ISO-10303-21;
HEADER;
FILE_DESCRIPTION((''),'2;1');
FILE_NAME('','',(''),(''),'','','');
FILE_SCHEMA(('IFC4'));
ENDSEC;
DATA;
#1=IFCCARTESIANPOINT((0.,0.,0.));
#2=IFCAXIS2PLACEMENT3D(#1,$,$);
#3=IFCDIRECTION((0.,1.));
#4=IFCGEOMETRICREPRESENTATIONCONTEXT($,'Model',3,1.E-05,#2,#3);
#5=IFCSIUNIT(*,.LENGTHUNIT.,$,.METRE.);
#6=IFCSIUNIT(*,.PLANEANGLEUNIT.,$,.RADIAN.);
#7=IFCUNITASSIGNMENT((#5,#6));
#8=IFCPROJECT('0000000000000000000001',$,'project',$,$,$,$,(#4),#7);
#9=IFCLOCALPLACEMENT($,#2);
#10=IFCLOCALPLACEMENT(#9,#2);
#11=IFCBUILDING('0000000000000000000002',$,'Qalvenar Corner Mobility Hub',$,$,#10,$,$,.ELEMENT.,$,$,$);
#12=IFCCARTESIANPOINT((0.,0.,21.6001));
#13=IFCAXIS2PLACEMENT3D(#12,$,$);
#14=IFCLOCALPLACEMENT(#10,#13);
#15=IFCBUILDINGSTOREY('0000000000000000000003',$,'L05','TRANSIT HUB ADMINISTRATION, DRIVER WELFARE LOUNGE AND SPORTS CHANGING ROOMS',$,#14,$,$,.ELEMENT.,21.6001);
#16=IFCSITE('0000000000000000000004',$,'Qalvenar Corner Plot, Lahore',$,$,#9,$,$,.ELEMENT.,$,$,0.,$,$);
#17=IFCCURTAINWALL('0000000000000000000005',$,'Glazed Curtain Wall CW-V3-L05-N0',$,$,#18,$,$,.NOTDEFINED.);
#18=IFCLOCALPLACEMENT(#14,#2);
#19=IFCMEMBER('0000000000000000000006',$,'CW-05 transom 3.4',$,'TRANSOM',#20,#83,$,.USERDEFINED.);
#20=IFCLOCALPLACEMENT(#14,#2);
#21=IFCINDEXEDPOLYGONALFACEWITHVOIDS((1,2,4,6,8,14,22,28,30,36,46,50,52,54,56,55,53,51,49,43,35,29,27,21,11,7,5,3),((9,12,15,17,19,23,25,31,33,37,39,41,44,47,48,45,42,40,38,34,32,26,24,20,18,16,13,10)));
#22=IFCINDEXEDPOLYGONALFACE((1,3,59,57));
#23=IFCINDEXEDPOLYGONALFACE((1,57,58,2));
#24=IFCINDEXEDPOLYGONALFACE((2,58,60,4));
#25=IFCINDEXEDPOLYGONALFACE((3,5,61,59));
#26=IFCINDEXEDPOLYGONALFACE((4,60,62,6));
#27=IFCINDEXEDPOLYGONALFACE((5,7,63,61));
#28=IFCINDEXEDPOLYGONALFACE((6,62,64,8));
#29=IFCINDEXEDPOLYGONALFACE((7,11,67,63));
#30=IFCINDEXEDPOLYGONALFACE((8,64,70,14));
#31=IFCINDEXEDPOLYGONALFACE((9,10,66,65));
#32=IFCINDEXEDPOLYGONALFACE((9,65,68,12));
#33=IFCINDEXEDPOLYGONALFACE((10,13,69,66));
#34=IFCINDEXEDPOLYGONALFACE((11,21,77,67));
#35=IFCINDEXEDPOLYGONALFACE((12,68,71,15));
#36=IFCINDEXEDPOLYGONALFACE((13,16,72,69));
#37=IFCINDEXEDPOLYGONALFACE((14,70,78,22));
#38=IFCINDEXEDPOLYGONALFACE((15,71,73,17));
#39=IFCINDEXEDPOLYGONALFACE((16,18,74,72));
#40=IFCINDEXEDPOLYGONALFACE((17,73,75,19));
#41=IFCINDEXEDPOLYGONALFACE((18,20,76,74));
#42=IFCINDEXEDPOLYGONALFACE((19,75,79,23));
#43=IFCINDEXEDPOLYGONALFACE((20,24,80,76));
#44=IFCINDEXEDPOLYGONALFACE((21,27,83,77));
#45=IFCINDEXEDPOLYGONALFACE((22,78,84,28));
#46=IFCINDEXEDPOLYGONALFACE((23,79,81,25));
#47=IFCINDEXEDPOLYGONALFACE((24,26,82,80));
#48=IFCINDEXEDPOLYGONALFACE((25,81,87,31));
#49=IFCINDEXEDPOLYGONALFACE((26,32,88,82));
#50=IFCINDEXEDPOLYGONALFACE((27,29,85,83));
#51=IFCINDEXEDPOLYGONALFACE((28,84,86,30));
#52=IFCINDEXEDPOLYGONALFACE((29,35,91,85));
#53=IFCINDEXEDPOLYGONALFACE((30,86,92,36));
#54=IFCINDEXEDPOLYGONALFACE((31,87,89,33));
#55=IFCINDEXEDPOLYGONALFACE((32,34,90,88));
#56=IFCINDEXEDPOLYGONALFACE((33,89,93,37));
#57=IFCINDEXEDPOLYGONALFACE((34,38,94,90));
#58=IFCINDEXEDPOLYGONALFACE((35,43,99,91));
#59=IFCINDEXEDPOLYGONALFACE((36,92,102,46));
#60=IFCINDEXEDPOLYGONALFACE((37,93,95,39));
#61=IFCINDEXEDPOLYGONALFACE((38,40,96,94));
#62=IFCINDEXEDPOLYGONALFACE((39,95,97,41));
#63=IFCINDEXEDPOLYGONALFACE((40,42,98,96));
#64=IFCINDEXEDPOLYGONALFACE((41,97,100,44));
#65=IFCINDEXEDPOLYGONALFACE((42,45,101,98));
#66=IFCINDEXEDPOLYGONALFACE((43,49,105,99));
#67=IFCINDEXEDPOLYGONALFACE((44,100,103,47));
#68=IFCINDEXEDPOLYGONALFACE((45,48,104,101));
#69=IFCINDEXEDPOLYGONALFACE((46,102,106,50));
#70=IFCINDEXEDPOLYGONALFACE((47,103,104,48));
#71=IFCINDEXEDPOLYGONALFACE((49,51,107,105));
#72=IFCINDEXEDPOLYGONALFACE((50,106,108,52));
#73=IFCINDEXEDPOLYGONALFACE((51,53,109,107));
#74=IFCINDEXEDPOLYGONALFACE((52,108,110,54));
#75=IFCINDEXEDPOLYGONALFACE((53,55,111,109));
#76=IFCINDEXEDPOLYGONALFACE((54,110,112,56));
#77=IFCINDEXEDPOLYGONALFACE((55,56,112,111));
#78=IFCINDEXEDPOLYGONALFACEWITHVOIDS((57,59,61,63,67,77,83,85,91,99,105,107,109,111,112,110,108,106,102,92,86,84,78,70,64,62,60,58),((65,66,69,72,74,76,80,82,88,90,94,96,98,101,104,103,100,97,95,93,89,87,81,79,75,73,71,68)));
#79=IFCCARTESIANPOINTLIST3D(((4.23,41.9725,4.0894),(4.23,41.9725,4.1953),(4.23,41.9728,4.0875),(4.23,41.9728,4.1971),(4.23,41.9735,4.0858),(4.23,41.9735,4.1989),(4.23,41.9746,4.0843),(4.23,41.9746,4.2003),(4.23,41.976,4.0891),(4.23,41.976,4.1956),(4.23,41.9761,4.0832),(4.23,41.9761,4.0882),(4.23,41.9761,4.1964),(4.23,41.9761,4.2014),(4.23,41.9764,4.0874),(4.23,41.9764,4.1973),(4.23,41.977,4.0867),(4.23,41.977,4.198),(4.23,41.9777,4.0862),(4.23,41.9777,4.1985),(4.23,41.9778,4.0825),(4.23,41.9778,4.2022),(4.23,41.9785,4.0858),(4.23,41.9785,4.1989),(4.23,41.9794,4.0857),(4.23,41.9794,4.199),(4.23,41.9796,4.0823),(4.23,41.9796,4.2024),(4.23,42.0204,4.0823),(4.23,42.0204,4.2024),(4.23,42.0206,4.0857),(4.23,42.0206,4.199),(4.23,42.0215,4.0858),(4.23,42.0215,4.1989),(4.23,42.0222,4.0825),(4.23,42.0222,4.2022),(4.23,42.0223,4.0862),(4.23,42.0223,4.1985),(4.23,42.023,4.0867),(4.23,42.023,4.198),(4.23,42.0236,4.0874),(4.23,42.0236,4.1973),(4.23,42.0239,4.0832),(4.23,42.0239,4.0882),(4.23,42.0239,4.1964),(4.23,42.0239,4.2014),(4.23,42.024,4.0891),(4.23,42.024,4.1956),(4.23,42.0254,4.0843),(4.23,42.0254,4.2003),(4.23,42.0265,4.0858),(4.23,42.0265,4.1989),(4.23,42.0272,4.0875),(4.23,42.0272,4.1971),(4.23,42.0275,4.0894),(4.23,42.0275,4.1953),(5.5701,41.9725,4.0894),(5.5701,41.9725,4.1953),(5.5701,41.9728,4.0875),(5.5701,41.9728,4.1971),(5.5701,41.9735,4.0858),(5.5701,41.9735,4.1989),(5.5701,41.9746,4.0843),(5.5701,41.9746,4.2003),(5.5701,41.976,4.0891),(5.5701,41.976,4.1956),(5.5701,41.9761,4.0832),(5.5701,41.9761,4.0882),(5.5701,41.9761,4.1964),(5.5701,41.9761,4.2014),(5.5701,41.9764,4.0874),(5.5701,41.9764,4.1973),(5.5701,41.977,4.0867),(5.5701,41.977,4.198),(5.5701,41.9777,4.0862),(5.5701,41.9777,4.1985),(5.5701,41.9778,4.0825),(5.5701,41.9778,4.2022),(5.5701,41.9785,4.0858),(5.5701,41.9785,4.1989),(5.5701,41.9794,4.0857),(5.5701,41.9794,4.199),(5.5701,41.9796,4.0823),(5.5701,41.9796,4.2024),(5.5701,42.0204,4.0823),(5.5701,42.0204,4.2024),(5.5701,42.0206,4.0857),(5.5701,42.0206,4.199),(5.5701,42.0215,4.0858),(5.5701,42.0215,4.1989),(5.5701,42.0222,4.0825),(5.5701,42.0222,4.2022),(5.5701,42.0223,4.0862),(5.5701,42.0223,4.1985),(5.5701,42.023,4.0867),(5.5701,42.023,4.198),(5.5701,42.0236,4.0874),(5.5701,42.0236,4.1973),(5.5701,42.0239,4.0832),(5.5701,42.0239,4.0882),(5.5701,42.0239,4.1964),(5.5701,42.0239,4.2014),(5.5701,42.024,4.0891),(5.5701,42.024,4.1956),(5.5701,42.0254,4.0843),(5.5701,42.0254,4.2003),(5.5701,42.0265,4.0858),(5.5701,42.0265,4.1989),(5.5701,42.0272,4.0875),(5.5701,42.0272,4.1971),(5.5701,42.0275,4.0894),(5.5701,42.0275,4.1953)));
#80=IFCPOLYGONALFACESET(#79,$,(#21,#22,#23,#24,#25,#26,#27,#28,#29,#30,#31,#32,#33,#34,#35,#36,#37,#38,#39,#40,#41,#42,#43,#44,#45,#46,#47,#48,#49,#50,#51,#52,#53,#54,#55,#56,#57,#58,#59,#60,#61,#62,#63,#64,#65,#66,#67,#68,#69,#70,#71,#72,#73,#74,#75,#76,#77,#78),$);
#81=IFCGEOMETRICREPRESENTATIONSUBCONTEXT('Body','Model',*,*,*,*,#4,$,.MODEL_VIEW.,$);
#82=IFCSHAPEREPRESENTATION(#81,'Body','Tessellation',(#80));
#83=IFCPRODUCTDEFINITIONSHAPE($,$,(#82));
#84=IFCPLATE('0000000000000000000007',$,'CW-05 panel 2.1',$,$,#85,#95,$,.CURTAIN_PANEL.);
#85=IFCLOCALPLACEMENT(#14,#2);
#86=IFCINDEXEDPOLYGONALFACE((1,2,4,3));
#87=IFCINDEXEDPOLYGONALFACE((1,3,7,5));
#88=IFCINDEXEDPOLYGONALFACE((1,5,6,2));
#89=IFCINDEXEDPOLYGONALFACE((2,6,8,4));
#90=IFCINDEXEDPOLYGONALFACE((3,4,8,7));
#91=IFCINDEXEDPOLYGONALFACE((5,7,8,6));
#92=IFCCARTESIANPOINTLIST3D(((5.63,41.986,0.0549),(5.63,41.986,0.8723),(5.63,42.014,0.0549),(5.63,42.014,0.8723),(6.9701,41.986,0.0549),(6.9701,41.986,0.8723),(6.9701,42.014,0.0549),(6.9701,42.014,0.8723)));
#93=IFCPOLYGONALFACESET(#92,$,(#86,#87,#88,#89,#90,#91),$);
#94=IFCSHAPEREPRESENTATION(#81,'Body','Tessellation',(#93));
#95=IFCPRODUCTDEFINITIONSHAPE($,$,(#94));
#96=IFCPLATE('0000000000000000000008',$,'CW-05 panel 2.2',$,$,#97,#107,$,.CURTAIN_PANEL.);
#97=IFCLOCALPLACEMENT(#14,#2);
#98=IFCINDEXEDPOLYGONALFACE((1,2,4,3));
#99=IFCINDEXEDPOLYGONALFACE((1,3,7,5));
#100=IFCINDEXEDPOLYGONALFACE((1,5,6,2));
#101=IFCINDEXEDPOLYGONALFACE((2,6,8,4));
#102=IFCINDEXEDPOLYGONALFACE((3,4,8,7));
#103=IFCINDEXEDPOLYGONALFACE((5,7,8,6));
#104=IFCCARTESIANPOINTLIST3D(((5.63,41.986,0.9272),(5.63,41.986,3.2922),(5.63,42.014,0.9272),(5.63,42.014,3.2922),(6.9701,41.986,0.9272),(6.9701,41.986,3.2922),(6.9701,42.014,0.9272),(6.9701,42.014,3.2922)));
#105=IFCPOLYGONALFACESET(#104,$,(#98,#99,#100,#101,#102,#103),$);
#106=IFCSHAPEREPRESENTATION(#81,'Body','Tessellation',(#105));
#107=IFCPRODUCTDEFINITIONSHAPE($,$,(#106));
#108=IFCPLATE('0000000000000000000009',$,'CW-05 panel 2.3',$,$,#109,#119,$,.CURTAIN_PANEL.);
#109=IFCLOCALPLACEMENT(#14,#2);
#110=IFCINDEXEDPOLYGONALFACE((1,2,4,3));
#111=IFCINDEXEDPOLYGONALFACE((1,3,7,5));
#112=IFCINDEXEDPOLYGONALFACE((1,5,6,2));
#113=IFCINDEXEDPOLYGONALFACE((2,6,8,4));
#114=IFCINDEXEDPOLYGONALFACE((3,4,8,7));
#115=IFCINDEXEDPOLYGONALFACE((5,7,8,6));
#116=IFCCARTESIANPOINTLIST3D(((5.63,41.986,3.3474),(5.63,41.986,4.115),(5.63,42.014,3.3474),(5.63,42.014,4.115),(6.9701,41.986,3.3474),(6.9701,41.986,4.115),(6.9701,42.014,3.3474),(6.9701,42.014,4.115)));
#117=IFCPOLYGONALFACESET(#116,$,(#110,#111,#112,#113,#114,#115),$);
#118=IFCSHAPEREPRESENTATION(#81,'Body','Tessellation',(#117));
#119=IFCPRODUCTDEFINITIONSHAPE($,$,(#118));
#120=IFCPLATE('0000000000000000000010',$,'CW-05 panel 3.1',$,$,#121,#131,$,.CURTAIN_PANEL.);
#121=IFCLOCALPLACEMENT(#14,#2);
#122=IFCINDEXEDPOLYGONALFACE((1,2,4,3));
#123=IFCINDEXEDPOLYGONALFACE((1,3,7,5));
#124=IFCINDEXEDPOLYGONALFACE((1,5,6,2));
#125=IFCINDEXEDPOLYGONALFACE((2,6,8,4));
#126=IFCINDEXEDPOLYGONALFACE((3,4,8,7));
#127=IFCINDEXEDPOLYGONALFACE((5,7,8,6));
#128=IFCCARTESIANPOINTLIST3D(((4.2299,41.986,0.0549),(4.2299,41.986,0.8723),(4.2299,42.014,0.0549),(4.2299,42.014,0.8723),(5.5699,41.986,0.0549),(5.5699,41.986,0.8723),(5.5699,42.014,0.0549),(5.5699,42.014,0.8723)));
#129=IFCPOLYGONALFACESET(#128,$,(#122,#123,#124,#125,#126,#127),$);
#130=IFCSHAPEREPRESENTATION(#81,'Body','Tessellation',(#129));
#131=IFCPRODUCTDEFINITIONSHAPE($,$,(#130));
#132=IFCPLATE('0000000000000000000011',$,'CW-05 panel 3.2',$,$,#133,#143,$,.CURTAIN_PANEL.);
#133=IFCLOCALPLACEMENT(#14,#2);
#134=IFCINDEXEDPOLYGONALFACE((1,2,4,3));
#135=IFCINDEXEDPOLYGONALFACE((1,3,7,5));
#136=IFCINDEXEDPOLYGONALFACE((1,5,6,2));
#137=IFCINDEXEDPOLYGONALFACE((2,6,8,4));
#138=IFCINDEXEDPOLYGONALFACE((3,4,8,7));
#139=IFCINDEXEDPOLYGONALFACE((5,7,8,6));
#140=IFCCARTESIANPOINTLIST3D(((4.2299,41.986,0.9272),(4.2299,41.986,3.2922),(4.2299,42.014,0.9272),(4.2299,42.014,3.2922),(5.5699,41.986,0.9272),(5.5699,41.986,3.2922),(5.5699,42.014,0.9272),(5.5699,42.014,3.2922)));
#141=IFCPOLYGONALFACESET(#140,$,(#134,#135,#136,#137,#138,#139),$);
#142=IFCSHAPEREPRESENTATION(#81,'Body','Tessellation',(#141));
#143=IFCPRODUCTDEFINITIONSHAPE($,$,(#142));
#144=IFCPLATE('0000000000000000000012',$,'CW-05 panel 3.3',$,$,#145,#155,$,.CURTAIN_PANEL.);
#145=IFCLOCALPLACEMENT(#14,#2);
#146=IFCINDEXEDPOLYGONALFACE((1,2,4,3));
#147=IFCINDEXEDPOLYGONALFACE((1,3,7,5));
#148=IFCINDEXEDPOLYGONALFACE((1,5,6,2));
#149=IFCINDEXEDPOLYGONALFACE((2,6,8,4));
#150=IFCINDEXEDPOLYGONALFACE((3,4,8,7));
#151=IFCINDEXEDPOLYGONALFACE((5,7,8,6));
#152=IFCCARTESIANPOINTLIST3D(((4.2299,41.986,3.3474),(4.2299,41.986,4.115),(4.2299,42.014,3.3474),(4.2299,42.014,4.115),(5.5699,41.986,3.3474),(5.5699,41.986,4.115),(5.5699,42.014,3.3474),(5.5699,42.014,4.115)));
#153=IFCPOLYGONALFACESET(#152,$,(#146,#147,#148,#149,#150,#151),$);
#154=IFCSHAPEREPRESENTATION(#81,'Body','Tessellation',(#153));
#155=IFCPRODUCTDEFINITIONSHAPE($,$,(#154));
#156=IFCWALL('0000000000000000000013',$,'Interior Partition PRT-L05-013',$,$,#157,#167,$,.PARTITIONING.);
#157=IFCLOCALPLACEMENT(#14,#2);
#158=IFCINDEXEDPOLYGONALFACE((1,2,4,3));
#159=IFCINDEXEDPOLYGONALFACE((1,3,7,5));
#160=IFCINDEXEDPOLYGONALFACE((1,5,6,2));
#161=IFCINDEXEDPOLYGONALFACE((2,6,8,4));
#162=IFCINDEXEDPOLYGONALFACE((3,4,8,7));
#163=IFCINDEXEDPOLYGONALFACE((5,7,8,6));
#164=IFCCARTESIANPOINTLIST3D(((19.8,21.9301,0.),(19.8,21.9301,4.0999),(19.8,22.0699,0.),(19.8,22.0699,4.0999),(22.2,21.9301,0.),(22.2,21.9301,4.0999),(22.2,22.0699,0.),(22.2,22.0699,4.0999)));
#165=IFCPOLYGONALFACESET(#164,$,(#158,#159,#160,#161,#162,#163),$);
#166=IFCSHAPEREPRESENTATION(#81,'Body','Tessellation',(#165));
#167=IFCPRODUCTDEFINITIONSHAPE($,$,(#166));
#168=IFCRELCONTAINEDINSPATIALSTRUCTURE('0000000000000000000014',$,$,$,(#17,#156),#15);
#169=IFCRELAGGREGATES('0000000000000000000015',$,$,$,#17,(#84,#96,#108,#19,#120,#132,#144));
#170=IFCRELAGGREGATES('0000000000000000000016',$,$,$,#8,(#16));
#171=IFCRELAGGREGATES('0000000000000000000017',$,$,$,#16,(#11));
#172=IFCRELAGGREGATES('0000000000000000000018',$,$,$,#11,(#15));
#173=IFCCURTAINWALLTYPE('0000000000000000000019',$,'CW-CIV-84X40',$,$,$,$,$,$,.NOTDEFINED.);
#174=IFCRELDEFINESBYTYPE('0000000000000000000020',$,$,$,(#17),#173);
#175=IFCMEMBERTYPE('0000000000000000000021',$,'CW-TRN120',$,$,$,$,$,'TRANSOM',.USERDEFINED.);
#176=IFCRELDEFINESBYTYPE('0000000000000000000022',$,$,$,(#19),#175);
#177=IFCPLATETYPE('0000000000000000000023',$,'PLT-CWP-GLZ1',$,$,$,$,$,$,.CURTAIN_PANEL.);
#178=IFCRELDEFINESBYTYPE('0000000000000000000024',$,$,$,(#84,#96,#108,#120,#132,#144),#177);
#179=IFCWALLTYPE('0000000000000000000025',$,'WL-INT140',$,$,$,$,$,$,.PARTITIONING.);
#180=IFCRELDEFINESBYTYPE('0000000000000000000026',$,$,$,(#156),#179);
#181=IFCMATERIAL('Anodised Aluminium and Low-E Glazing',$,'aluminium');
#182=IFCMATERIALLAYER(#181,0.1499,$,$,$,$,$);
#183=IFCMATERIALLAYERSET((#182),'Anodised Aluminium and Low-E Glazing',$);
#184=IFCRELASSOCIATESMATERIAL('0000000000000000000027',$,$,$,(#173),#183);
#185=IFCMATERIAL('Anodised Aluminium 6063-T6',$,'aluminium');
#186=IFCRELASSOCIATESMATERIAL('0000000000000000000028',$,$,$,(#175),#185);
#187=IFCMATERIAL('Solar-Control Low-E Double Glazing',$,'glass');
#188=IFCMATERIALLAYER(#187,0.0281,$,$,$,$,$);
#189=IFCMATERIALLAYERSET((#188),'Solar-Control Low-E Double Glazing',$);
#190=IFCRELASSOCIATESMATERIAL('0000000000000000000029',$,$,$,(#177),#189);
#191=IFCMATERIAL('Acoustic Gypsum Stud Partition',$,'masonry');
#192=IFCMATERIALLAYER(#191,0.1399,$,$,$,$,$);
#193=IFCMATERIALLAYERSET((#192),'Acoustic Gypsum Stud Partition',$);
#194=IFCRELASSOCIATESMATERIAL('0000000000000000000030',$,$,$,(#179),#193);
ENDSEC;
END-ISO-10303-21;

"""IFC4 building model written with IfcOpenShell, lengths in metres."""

from ifc_helpers import new_model, si_unit, direction, frame, frame_2d, origin, origin_2d, place, context, subcontext, project, spatial, rectangle, hollow_rectangle, extrude, material, layer, layer_set, material_profile, profile_set, type_object, element, aggregate, save


model = new_model("IFC4")

# Units and contexts
model_context = context("Model", 3, precision=1e-05, world=origin(), true_north=direction((0.0, 1.0)))
body_context = subcontext(model_context, "Body", "Model", "MODEL_VIEW")
ifc_project = project(units=[si_unit("LENGTHUNIT", "METRE"), si_unit("PLANEANGLEUNIT", "RADIAN")], contexts=[model_context])

# Site, building, storey
site_placement = place(None, origin())
site = spatial("IfcSite", under=ifc_project, at=site_placement, Name="Qalvenar Corner Plot, Lahore", CompositionType="ELEMENT", RefElevation=0.0)
building_placement = place(site_placement, origin())
building = spatial("IfcBuilding", under=site, at=building_placement, Name="Qalvenar Corner Mobility Hub", CompositionType="ELEMENT")
storey_placement = place(building_placement, frame((0.0, 0.0, 21.6001)))
storey = spatial("IfcBuildingStorey", under=building, at=storey_placement, Name="L05", Description="TRANSIT HUB ADMINISTRATION, DRIVER WELFARE LOUNGE AND SPORTS CHANGING ROOMS", CompositionType="ELEMENT", Elevation=21.6001)

# Curtain wall, member, plates
ifc_material_1 = material(Name="Anodised Aluminium and Low-E Glazing", Category="aluminium")
ifc_layer_1 = layer(ifc_material_1, 0.1499)
ifc_layer_set_1 = layer_set([ifc_layer_1], Name="Anodised Aluminium and Low-E Glazing")
curtain_wall_type = type_object("IfcCurtainWallType", Name="CW-CIV-84X40", PredefinedType="NOTDEFINED", material=ifc_layer_set_1)
curtain_wall_placement = place(storey_placement, origin())
curtain_wall = element("IfcCurtainWall", 1, at=curtain_wall_placement, inside=storey, type_object=curtain_wall_type, Name="Glazed Curtain Wall CW-V3-L05-N0", PredefinedType="NOTDEFINED")
ifc_material_2 = material(Name="Anodised Aluminium 6063-T6", Category="aluminium")
ifc_material_profile_1 = material_profile(ifc_material_2, hollow_rectangle(XDim=0.0549, YDim=0.1201, WallThickness=0.0034, InnerFilletRadius=0.0034, OuterFilletRadius=0.0071, at=origin_2d()), Name="RHS120x55x3.5")
ifc_profile_set_1 = profile_set([ifc_material_profile_1], Name="Anodised Aluminium 6063-T6")
member_type_1 = type_object("IfcMemberType", Name="CW-TRN120", ElementType="TRANSOM", PredefinedType="USERDEFINED", material=ifc_profile_set_1)
member_1_placement = place(storey_placement, frame((5.5701, 42.0, 4.1423), z_axis=(-1.0, 0.0, 0.0), x_axis=(0.0, -1.0, 0.0)))
member_1 = element("IfcMember", 2, at=member_1_placement, type_object=member_type_1, Name="CW-05 transom 3.4", ObjectType="TRANSOM", PredefinedType="USERDEFINED", context=body_context, shape_type="SweptSolid", body=[
    extrude(hollow_rectangle(XDim=0.0549, YDim=0.1201, WallThickness=0.0034, InnerFilletRadius=0.0034, OuterFilletRadius=0.0071, at=origin_2d()), origin(), (0.0, 0.0, 1.0), 1.3401),
])
ifc_material_3 = material(Name="Solar-Control Low-E Double Glazing", Category="glass")
ifc_layer_2 = layer(ifc_material_3, 0.0281)
ifc_layer_set_2 = layer_set([ifc_layer_2], Name="Solar-Control Low-E Double Glazing")
plate_type = type_object("IfcPlateType", Name="PLT-CWP-GLZ1", PredefinedType="CURTAIN_PANEL", material=ifc_layer_set_2)
plate_1_placement = place(storey_placement, frame((6.3, 42.0, 0.0549), z_axis=(0.0, 0.0, 1.0), x_axis=(-1.0, 0.0, 0.0)))
plate_1 = element("IfcPlate", 3, at=plate_1_placement, type_object=plate_type, Name="CW-05 panel 2.1", PredefinedType="CURTAIN_PANEL", context=body_context, shape_type="SweptSolid", body=[
    extrude(rectangle(XDim=1.3401, YDim=0.0281, at=origin_2d()), origin(), (0.0, 0.0, 1.0), 0.8174),
])
plate_2_placement = place(storey_placement, frame((6.3, 42.0, 0.9272), z_axis=(0.0, 0.0, 1.0), x_axis=(-1.0, 0.0, 0.0)))
plate_2 = element("IfcPlate", 4, at=plate_2_placement, type_object=plate_type, Name="CW-05 panel 2.2", PredefinedType="CURTAIN_PANEL", context=body_context, shape_type="SweptSolid", body=[
    extrude(rectangle(XDim=1.3401, YDim=0.0281, at=origin_2d()), origin(), (0.0, 0.0, 1.0), 2.365),
])
plate_3_placement = place(storey_placement, frame((6.3, 42.0, 3.3474), z_axis=(0.0, 0.0, 1.0), x_axis=(-1.0, 0.0, 0.0)))
plate_3 = element("IfcPlate", 5, at=plate_3_placement, type_object=plate_type, Name="CW-05 panel 2.3", PredefinedType="CURTAIN_PANEL", context=body_context, shape_type="SweptSolid", body=[
    extrude(rectangle(XDim=1.3401, YDim=0.0281, at=origin_2d()), origin(), (0.0, 0.0, 1.0), 0.7676),
])
plate_4_placement = place(storey_placement, frame((4.8999, 42.0, 0.0549), z_axis=(0.0, 0.0, 1.0), x_axis=(-1.0, 0.0, 0.0)))
plate_4 = element("IfcPlate", 6, at=plate_4_placement, type_object=plate_type, Name="CW-05 panel 3.1", PredefinedType="CURTAIN_PANEL", context=body_context, shape_type="SweptSolid", body=[
    extrude(rectangle(XDim=1.3401, YDim=0.0281, at=origin_2d()), origin(), (0.0, 0.0, 1.0), 0.8174),
])
plate_5_placement = place(storey_placement, frame((4.8999, 42.0, 0.9272), z_axis=(0.0, 0.0, 1.0), x_axis=(-1.0, 0.0, 0.0)))
plate_5 = element("IfcPlate", 7, at=plate_5_placement, type_object=plate_type, Name="CW-05 panel 3.2", PredefinedType="CURTAIN_PANEL", context=body_context, shape_type="SweptSolid", body=[
    extrude(rectangle(XDim=1.3401, YDim=0.0281, at=origin_2d()), origin(), (0.0, 0.0, 1.0), 2.365),
])
plate_6_placement = place(storey_placement, frame((4.8999, 42.0, 3.3474), z_axis=(0.0, 0.0, 1.0), x_axis=(-1.0, 0.0, 0.0)))
plate_6 = element("IfcPlate", 8, at=plate_6_placement, type_object=plate_type, Name="CW-05 panel 3.3", PredefinedType="CURTAIN_PANEL", context=body_context, shape_type="SweptSolid", body=[
    extrude(rectangle(XDim=1.3401, YDim=0.0281, at=origin_2d()), origin(), (0.0, 0.0, 1.0), 0.7676),
])
aggregate(curtain_wall, [plate_1, plate_2, plate_3, member_1, plate_4, plate_5, plate_6])

# Wall
ifc_material_4 = material(Name="Acoustic Gypsum Stud Partition", Category="masonry")
ifc_layer_3 = layer(ifc_material_4, 0.1399)
ifc_layer_set_3 = layer_set([ifc_layer_3], Name="Acoustic Gypsum Stud Partition")
wall_type = type_object("IfcWallType", Name="WL-INT140", PredefinedType="PARTITIONING", material=ifc_layer_set_3)
wall_placement = place(storey_placement, frame((19.8, 22.0, 0.0), z_axis=(0.0, 0.0, 1.0), x_axis=(1.0, 0.0, 0.0)))
element("IfcWall", 9, at=wall_placement, inside=storey, type_object=wall_type, Name="Interior Partition PRT-L05-013", PredefinedType="PARTITIONING", context=body_context, shape_type="SweptSolid", body=[
    extrude(rectangle(XDim=2.3999, YDim=0.1399, at=frame_2d((1.2, 0.0))), origin(), (0.0, 0.0, 1.0), 4.0999),
])

save(model, "model.ifc")
